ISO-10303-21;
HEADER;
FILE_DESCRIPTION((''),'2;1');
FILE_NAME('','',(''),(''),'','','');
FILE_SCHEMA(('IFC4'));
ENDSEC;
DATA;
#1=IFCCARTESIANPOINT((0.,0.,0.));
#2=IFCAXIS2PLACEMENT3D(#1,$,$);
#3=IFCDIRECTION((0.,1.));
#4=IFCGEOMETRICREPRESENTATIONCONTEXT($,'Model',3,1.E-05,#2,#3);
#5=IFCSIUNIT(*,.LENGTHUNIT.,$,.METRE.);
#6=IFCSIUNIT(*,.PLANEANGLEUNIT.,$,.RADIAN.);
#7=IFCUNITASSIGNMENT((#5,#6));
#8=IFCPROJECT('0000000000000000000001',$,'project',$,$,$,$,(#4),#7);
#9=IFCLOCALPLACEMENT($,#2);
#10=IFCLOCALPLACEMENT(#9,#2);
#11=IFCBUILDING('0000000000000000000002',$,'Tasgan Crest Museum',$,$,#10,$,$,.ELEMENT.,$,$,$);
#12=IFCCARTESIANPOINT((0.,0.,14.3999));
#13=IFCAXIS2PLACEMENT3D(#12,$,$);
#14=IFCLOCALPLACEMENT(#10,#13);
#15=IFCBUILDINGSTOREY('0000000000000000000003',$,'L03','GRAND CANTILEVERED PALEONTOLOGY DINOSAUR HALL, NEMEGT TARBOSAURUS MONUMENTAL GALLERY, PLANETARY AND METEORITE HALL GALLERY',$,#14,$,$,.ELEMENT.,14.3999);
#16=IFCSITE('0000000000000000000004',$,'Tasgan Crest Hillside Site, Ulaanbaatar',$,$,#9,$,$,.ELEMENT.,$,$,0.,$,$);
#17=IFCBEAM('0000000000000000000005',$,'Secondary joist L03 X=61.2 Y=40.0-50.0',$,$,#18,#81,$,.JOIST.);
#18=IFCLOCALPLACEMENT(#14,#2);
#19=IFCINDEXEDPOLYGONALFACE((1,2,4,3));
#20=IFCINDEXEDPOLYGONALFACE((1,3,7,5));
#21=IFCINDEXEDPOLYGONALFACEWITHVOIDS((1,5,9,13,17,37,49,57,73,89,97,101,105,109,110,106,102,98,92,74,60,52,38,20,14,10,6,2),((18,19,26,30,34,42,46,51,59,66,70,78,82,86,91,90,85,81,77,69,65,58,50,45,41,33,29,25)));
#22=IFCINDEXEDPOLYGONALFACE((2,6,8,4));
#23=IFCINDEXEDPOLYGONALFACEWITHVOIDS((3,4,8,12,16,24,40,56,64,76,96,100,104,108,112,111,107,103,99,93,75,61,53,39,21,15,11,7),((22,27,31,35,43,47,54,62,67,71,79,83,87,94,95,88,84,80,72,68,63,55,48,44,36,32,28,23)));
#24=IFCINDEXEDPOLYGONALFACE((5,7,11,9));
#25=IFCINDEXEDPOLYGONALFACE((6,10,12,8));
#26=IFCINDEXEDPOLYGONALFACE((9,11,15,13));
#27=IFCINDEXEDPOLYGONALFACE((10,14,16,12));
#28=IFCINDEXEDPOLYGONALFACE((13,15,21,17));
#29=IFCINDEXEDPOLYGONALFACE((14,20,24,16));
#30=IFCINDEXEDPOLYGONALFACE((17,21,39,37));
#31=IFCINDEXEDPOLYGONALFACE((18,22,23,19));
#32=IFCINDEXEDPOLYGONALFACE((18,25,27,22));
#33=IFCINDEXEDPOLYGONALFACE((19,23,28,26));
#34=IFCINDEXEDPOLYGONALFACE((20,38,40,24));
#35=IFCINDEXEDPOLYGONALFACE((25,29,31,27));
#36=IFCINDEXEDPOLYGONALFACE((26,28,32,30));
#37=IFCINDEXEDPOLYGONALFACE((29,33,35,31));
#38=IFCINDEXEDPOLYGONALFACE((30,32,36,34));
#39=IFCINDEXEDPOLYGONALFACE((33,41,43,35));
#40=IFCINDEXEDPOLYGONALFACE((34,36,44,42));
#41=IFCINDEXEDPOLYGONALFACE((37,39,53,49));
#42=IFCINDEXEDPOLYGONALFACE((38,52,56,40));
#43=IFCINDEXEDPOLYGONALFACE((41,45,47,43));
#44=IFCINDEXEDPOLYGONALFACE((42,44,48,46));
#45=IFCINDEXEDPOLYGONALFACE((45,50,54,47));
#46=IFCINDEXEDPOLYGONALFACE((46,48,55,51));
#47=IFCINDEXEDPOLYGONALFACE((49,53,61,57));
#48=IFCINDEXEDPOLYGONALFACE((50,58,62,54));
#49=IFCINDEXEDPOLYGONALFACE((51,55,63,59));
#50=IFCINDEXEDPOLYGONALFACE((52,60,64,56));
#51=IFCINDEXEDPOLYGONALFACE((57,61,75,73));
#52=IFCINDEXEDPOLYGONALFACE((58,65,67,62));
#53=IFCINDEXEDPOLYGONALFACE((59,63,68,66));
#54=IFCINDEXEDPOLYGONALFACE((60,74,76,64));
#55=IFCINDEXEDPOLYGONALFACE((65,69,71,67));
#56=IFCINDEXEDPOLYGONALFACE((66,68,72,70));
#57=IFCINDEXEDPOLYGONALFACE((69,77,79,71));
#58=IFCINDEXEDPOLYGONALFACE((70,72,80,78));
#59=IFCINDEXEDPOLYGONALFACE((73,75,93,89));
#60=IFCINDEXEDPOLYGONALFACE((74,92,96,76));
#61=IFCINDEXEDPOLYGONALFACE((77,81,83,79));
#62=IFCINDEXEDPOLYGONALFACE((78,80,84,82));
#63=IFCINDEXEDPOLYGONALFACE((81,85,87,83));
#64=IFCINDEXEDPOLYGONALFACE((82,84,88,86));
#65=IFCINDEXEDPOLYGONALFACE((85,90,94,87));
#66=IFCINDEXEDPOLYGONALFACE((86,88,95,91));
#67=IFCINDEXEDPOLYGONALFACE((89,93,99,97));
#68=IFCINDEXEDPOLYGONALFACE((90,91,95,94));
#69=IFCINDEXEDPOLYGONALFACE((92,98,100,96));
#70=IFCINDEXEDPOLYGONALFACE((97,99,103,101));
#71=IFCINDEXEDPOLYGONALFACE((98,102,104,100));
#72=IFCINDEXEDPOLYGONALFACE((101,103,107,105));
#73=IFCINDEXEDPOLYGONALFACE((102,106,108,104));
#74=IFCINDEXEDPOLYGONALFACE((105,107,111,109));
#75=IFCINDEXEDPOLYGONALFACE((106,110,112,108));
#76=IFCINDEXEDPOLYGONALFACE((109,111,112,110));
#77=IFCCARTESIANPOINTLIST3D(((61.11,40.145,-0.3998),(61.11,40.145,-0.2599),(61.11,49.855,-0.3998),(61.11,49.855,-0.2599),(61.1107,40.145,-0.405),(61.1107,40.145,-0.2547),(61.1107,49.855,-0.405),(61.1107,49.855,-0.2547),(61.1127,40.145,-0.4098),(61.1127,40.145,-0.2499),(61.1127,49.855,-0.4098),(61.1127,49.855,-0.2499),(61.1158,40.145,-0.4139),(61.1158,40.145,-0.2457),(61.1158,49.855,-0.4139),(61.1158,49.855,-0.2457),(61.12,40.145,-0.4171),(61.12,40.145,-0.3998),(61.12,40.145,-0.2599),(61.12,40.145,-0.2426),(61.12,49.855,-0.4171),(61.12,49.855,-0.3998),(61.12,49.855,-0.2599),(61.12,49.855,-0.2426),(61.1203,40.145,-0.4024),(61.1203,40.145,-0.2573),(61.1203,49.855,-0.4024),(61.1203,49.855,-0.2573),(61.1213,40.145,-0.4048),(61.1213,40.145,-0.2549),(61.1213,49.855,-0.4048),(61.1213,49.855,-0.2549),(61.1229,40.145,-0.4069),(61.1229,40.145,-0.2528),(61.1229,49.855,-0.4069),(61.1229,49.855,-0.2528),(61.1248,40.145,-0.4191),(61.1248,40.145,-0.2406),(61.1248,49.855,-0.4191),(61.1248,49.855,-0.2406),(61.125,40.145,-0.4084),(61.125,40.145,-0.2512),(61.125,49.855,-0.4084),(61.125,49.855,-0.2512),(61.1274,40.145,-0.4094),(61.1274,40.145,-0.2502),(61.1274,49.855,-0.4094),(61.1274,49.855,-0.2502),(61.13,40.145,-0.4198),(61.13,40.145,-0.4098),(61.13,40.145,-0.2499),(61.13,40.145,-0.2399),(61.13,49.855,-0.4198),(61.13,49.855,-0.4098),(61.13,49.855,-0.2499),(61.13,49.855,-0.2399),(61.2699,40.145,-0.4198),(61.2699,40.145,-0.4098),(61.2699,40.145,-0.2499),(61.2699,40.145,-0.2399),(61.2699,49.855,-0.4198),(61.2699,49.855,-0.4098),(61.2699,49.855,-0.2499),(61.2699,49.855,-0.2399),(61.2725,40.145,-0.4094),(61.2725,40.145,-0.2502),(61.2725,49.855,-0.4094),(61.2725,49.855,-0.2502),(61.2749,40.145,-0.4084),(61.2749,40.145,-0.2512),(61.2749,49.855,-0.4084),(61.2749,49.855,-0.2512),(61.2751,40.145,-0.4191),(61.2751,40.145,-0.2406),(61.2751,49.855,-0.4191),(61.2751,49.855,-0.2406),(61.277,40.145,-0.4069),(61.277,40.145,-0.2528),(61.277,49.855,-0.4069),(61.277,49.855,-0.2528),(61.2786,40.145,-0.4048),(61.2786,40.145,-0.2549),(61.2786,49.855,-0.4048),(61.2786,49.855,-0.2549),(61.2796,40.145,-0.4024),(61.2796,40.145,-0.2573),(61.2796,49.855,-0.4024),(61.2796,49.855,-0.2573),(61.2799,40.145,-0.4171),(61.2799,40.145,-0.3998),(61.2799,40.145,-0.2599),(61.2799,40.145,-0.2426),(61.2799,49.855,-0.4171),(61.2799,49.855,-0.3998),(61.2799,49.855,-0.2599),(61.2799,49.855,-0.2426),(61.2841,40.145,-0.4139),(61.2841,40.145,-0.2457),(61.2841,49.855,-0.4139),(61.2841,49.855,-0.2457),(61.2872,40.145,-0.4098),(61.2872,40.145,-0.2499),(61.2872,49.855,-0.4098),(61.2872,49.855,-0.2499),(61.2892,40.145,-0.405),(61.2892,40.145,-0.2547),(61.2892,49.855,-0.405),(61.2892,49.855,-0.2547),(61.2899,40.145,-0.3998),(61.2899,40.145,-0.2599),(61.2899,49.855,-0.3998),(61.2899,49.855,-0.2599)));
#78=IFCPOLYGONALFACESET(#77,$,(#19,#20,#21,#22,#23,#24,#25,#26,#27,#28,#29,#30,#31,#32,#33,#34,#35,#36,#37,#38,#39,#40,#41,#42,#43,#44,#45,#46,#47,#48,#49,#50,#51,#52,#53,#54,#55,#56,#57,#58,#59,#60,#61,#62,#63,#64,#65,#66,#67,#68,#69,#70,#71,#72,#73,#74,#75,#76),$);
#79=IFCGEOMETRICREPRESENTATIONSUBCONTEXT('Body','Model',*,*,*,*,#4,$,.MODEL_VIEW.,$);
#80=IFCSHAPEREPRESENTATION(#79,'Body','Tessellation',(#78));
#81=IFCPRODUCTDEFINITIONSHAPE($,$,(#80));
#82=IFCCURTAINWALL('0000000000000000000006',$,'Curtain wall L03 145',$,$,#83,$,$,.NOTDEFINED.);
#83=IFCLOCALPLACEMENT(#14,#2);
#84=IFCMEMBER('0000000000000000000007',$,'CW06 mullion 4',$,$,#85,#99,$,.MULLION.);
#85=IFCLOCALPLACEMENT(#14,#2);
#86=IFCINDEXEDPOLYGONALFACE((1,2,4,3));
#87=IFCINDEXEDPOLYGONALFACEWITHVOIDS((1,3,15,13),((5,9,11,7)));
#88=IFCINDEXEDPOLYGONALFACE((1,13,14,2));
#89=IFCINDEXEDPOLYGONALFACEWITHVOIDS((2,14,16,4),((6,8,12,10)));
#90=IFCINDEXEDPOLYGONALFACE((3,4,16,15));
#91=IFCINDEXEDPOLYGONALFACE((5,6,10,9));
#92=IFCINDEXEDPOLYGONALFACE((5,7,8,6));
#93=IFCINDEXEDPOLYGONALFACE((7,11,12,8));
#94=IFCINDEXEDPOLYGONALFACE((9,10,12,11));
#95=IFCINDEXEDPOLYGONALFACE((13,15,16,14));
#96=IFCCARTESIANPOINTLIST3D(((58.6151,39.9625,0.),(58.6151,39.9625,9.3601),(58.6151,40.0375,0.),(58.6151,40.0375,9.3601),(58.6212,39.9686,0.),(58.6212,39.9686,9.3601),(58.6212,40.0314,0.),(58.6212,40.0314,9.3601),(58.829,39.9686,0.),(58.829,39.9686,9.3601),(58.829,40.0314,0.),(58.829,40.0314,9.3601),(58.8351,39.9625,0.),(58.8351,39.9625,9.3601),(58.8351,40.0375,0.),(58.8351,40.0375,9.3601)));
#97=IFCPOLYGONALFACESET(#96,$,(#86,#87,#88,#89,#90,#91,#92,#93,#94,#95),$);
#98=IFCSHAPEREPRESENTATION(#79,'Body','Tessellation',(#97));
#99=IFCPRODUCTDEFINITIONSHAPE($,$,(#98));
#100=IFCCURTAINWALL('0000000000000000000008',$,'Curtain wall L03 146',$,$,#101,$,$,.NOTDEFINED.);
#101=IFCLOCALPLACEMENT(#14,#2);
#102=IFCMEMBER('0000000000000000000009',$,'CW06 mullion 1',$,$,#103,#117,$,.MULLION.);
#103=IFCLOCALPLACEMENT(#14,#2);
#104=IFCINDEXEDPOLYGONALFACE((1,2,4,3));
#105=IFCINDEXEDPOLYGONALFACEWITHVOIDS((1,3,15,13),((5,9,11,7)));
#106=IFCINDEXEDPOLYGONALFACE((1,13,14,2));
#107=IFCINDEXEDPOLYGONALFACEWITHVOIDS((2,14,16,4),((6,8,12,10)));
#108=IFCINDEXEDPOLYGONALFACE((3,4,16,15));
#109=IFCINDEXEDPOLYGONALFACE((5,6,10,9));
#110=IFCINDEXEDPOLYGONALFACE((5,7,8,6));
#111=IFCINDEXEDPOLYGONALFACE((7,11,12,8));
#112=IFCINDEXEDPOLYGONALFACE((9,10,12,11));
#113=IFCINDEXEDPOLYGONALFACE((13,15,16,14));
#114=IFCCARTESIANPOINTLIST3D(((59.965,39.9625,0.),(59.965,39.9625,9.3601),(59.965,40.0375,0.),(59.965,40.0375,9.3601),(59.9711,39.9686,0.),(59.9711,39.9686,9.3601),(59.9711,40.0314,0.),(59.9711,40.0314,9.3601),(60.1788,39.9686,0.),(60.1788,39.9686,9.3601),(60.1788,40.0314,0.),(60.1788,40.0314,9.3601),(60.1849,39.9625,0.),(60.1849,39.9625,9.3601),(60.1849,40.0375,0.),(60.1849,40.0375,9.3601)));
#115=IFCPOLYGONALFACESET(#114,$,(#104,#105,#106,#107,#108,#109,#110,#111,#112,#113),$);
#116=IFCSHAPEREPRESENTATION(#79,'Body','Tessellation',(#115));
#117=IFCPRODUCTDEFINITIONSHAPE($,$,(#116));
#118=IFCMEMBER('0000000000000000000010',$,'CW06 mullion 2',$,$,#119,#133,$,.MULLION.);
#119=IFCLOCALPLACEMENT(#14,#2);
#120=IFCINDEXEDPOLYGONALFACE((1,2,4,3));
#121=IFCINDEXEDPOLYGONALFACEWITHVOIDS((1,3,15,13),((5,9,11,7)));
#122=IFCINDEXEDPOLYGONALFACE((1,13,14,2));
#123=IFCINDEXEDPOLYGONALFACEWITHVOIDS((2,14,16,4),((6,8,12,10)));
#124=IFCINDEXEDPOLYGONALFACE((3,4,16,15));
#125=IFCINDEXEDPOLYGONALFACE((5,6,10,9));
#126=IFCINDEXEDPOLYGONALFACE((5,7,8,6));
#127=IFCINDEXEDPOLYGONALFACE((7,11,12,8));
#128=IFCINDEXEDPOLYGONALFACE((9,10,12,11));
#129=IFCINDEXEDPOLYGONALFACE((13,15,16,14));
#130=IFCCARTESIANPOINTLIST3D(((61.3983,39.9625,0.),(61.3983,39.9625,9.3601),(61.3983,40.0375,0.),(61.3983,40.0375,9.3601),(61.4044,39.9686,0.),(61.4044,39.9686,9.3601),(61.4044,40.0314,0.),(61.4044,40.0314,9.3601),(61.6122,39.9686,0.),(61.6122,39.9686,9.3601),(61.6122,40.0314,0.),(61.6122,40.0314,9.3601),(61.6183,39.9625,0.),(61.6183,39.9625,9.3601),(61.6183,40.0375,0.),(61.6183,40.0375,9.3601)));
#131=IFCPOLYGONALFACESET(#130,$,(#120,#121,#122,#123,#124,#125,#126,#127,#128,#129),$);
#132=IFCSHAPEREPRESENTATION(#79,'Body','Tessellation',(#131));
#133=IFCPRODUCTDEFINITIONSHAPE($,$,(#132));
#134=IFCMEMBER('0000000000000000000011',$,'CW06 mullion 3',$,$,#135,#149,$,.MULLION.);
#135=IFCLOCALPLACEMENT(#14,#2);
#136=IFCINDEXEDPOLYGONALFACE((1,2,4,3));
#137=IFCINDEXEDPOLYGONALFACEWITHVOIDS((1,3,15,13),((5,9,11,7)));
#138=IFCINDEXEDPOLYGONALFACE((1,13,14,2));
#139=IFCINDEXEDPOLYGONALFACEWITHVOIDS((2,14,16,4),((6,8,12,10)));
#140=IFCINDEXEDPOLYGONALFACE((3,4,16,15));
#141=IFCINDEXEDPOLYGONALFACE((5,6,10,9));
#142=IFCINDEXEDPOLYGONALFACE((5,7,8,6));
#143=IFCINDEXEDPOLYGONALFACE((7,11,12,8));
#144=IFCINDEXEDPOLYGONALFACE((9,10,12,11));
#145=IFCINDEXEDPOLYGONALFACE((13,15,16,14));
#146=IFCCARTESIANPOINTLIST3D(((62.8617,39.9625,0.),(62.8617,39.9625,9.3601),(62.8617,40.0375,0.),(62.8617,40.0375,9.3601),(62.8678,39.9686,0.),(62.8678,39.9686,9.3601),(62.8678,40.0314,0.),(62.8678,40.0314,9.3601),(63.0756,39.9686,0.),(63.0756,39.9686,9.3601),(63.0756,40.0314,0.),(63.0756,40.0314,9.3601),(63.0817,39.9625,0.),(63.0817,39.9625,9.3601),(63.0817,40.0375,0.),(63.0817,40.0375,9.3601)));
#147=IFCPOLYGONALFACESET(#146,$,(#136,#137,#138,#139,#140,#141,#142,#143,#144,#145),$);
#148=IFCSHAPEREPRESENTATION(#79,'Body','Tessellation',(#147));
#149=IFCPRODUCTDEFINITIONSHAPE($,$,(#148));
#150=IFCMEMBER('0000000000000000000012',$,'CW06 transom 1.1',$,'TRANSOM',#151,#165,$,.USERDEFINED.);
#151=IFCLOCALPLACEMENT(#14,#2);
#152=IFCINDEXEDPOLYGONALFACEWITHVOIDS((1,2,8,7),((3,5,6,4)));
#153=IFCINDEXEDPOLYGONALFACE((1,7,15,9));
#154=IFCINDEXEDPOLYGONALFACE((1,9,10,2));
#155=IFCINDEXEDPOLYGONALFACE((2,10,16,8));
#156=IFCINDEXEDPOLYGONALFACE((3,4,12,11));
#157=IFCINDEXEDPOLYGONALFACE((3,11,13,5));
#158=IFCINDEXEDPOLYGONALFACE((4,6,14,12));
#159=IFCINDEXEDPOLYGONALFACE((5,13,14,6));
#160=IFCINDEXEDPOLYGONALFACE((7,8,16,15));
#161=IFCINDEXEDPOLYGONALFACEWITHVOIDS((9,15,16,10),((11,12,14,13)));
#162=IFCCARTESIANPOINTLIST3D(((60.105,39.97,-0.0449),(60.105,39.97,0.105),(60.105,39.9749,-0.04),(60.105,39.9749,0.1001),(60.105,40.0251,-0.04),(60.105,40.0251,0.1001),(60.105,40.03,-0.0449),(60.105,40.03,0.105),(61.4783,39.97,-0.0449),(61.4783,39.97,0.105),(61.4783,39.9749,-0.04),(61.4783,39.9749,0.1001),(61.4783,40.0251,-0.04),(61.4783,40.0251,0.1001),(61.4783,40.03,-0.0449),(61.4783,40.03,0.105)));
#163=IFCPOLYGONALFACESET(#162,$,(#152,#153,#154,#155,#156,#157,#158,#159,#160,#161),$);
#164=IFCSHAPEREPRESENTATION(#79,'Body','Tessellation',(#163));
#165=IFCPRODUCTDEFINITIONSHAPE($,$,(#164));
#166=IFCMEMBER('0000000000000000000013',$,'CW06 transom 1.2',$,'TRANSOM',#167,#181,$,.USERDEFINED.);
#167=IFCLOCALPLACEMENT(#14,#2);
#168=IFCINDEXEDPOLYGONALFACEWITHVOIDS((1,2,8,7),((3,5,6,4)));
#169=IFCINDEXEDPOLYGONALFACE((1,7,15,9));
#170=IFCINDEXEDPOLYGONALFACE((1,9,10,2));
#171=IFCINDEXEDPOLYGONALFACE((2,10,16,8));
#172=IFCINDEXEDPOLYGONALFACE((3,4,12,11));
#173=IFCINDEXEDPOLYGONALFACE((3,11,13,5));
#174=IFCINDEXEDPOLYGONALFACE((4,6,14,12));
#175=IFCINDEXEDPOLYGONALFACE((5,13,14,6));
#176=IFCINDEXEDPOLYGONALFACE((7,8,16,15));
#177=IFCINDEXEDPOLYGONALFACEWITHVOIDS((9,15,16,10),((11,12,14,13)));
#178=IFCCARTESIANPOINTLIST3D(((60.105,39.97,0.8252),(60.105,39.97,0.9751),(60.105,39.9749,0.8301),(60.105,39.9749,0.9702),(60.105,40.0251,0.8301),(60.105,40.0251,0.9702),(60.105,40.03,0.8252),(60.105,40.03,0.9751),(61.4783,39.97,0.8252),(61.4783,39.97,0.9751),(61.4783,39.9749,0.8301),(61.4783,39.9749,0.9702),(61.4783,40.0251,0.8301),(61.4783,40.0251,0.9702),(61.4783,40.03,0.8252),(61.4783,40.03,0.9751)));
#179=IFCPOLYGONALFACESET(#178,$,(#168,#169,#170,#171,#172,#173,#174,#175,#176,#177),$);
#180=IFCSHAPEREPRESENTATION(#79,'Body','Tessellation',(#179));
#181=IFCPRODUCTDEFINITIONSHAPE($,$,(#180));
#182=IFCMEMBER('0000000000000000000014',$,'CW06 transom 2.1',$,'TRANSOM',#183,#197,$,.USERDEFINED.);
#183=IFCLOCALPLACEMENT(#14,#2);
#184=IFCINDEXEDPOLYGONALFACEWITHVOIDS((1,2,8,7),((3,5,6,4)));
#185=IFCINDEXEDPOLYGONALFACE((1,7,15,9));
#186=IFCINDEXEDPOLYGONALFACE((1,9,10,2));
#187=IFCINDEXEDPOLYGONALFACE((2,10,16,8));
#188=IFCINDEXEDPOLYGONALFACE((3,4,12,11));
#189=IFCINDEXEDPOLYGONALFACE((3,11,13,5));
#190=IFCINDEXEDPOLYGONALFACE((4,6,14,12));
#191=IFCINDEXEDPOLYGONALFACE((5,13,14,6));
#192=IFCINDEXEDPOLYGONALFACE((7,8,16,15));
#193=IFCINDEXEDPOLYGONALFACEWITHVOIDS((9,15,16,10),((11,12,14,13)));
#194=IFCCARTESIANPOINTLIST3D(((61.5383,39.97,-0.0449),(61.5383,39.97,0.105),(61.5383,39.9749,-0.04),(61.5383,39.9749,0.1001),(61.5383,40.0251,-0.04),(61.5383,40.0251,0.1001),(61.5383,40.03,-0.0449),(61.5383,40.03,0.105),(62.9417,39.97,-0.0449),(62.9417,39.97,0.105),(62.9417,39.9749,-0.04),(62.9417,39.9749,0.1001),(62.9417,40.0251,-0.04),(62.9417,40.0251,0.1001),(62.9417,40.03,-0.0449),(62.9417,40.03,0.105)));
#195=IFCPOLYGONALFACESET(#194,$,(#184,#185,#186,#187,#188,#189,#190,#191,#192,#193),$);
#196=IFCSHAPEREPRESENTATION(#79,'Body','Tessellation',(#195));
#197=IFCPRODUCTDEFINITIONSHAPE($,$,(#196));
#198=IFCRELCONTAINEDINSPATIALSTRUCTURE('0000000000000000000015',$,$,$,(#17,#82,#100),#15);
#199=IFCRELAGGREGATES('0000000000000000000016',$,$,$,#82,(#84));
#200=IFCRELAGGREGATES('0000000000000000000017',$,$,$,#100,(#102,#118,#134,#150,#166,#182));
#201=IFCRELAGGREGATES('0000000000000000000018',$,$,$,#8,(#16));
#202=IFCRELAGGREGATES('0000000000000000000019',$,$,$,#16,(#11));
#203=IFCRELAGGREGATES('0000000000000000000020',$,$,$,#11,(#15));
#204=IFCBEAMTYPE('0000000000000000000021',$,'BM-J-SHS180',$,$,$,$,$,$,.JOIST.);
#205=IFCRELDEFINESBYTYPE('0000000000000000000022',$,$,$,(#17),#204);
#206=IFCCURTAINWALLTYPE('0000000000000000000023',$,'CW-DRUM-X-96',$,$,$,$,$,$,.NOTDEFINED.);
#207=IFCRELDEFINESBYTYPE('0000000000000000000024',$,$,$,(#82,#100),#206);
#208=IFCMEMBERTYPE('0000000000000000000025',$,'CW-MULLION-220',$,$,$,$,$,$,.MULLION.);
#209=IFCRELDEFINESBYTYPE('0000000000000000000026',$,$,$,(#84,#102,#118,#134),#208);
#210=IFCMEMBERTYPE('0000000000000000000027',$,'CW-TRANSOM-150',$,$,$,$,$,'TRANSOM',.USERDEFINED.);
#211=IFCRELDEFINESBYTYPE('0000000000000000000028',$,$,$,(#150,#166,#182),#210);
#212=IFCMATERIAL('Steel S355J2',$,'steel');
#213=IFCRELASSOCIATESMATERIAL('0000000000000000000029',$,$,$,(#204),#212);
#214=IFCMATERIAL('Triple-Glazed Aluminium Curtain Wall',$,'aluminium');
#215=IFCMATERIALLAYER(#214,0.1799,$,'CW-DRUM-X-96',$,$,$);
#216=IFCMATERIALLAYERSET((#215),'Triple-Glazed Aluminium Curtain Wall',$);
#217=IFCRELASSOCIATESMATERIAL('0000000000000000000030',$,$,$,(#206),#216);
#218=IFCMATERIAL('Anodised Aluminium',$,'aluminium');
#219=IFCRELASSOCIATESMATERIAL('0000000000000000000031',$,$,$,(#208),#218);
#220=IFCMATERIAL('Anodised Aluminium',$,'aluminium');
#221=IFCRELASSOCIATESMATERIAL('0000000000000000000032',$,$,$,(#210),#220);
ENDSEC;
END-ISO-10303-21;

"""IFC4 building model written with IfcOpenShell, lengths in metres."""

from ifc_helpers import new_model, si_unit, direction, frame, origin, origin_2d, place, context, subcontext, project, spatial, hollow_rectangle, extrude, material, layer, layer_set, material_profile, profile_set, type_object, element, aggregate, save


model = new_model("IFC4")

# Units and contexts
model_context = context("Model", 3, precision=1e-05, world=origin(), true_north=direction((0.0, 1.0)))
body_context = subcontext(model_context, "Body", "Model", "MODEL_VIEW")
ifc_project = project(units=[si_unit("LENGTHUNIT", "METRE"), si_unit("PLANEANGLEUNIT", "RADIAN")], contexts=[model_context])

# Site, building, storey
site_placement = place(None, origin())
site = spatial("IfcSite", under=ifc_project, at=site_placement, Name="Tasgan Crest Hillside Site, Ulaanbaatar", CompositionType="ELEMENT", RefElevation=0.0)
building_placement = place(site_placement, origin())
building = spatial("IfcBuilding", under=site, at=building_placement, Name="Tasgan Crest Museum", CompositionType="ELEMENT")
storey_placement = place(building_placement, frame((0.0, 0.0, 14.3999)))
storey = spatial("IfcBuildingStorey", under=building, at=storey_placement, Name="L03", Description="GRAND CANTILEVERED PALEONTOLOGY DINOSAUR HALL, NEMEGT TARBOSAURUS MONUMENTAL GALLERY, PLANETARY AND METEORITE HALL GALLERY", CompositionType="ELEMENT", Elevation=14.3999)

# Beam
ifc_material_1 = material(Name="Steel S355J2", Category="steel")
ifc_material_profile_1 = material_profile(ifc_material_1, hollow_rectangle(XDim=0.1799, YDim=0.1799, WallThickness=0.01, InnerFilletRadius=0.01, OuterFilletRadius=0.02, at=origin_2d()), Name="SHS 180x180x10")
ifc_profile_set_1 = profile_set([ifc_material_profile_1], Name="Steel S355J2")
beam_type = type_object("IfcBeamType", Name="BM-J-SHS180", PredefinedType="JOIST", material=ifc_profile_set_1)
beam_placement = place(storey_placement, frame((61.2, 40.145, -0.3298), z_axis=(0.0, 1.0, 0.0), x_axis=(-1.0, 0.0, 0.0)))
element("IfcBeam", 1, at=beam_placement, inside=storey, type_object=beam_type, Name="Secondary joist L03 X=61.2 Y=40.0-50.0", PredefinedType="JOIST", context=body_context, shape_type="SweptSolid", body=[
    extrude(hollow_rectangle(XDim=0.1799, YDim=0.1799, WallThickness=0.01, InnerFilletRadius=0.01, OuterFilletRadius=0.02, at=origin_2d()), origin(), (0.0, 0.0, 1.0), 9.71),
])

# Curtain wall, member
ifc_material_2 = material(Name="Triple-Glazed Aluminium Curtain Wall", Category="aluminium")
ifc_layer_1 = layer(ifc_material_2, 0.1799, Name="CW-DRUM-X-96")
ifc_layer_set_1 = layer_set([ifc_layer_1], Name="Triple-Glazed Aluminium Curtain Wall")
curtain_wall_type = type_object("IfcCurtainWallType", Name="CW-DRUM-X-96", PredefinedType="NOTDEFINED", material=ifc_layer_set_1)
curtain_wall_1_placement = place(storey_placement, origin())
curtain_wall_1 = element("IfcCurtainWall", 2, at=curtain_wall_1_placement, inside=storey, type_object=curtain_wall_type, Name="Curtain wall L03 145", PredefinedType="NOTDEFINED")
ifc_material_3 = material(Name="Anodised Aluminium", Category="aluminium")
ifc_material_profile_2 = material_profile(ifc_material_3, hollow_rectangle(XDim=0.075, YDim=0.22, WallThickness=0.0061, at=origin_2d()), Name="ALU MULLION 220x75x6")
ifc_profile_set_2 = profile_set([ifc_material_profile_2], Name="Anodised Aluminium")
member_type_1 = type_object("IfcMemberType", Name="CW-MULLION-220", PredefinedType="MULLION", material=ifc_profile_set_2)
member_1_placement = place(storey_placement, frame((58.7251, 40.0, 0.0), z_axis=(0.0, 0.0, 1.0), x_axis=(0.0, 1.0, 0.0)))
member_1 = element("IfcMember", 3, at=member_1_placement, type_object=member_type_1, Name="CW06 mullion 4", PredefinedType="MULLION", context=body_context, shape_type="SweptSolid", body=[
    extrude(hollow_rectangle(XDim=0.075, YDim=0.22, WallThickness=0.0061, at=origin_2d()), origin(), (0.0, 0.0, 1.0), 9.3601),
])

# Curtain wall, members
curtain_wall_2_placement = place(storey_placement, origin())
curtain_wall_2 = element("IfcCurtainWall", 4, at=curtain_wall_2_placement, inside=storey, type_object=curtain_wall_type, Name="Curtain wall L03 146", PredefinedType="NOTDEFINED")
member_2_placement = place(storey_placement, frame((60.075, 40.0, 0.0), z_axis=(0.0, 0.0, 1.0), x_axis=(0.0, 1.0, 0.0)))
member_2 = element("IfcMember", 5, at=member_2_placement, type_object=member_type_1, Name="CW06 mullion 1", PredefinedType="MULLION", context=body_context, shape_type="SweptSolid", body=[
    extrude(hollow_rectangle(XDim=0.075, YDim=0.22, WallThickness=0.0061, at=origin_2d()), origin(), (0.0, 0.0, 1.0), 9.3601),
])
member_3_placement = place(storey_placement, frame((61.5083, 40.0, 0.0), z_axis=(0.0, 0.0, 1.0), x_axis=(0.0, 1.0, 0.0)))
member_3 = element("IfcMember", 6, at=member_3_placement, type_object=member_type_1, Name="CW06 mullion 2", PredefinedType="MULLION", context=body_context, shape_type="SweptSolid", body=[
    extrude(hollow_rectangle(XDim=0.075, YDim=0.22, WallThickness=0.0061, at=origin_2d()), origin(), (0.0, 0.0, 1.0), 9.3601),
])
member_4_placement = place(storey_placement, frame((62.9717, 40.0, 0.0), z_axis=(0.0, 0.0, 1.0), x_axis=(0.0, 1.0, 0.0)))
member_4 = element("IfcMember", 7, at=member_4_placement, type_object=member_type_1, Name="CW06 mullion 3", PredefinedType="MULLION", context=body_context, shape_type="SweptSolid", body=[
    extrude(hollow_rectangle(XDim=0.075, YDim=0.22, WallThickness=0.0061, at=origin_2d()), origin(), (0.0, 0.0, 1.0), 9.3601),
])
ifc_material_4 = material(Name="Anodised Aluminium", Category="aluminium")
ifc_material_profile_3 = material_profile(ifc_material_4, hollow_rectangle(XDim=0.0601, YDim=0.1499, WallThickness=0.0049, at=origin_2d()), Name="ALU TRANSOM 150x60x5")
ifc_profile_set_3 = profile_set([ifc_material_profile_3], Name="Anodised Aluminium")
member_type_2 = type_object("IfcMemberType", Name="CW-TRANSOM-150", ElementType="TRANSOM", PredefinedType="USERDEFINED", material=ifc_profile_set_3)
member_5_placement = place(storey_placement, frame((60.105, 40.0, 0.03), z_axis=(1.0, 0.0, 0.0), x_axis=(0.0, 1.0, 0.0)))
member_5 = element("IfcMember", 8, at=member_5_placement, type_object=member_type_2, Name="CW06 transom 1.1", ObjectType="TRANSOM", PredefinedType="USERDEFINED", context=body_context, shape_type="SweptSolid", body=[
    extrude(hollow_rectangle(XDim=0.0601, YDim=0.1499, WallThickness=0.0049, at=origin_2d()), origin(), (0.0, 0.0, 1.0), 1.3733),
])
member_6_placement = place(storey_placement, frame((60.105, 40.0, 0.9001), z_axis=(1.0, 0.0, 0.0), x_axis=(0.0, 1.0, 0.0)))
member_6 = element("IfcMember", 9, at=member_6_placement, type_object=member_type_2, Name="CW06 transom 1.2", ObjectType="TRANSOM", PredefinedType="USERDEFINED", context=body_context, shape_type="SweptSolid", body=[
    extrude(hollow_rectangle(XDim=0.0601, YDim=0.1499, WallThickness=0.0049, at=origin_2d()), origin(), (0.0, 0.0, 1.0), 1.3733),
])
member_7_placement = place(storey_placement, frame((61.5383, 40.0, 0.03), z_axis=(1.0, 0.0, 0.0), x_axis=(0.0, 1.0, 0.0)))
member_7 = element("IfcMember", 10, at=member_7_placement, type_object=member_type_2, Name="CW06 transom 2.1", ObjectType="TRANSOM", PredefinedType="USERDEFINED", context=body_context, shape_type="SweptSolid", body=[
    extrude(hollow_rectangle(XDim=0.0601, YDim=0.1499, WallThickness=0.0049, at=origin_2d()), origin(), (0.0, 0.0, 1.0), 1.4033),
])

aggregate(curtain_wall_1, [member_1])
aggregate(curtain_wall_2, [member_2, member_3, member_4, member_5, member_6, member_7])

save(model, "model.ifc")
